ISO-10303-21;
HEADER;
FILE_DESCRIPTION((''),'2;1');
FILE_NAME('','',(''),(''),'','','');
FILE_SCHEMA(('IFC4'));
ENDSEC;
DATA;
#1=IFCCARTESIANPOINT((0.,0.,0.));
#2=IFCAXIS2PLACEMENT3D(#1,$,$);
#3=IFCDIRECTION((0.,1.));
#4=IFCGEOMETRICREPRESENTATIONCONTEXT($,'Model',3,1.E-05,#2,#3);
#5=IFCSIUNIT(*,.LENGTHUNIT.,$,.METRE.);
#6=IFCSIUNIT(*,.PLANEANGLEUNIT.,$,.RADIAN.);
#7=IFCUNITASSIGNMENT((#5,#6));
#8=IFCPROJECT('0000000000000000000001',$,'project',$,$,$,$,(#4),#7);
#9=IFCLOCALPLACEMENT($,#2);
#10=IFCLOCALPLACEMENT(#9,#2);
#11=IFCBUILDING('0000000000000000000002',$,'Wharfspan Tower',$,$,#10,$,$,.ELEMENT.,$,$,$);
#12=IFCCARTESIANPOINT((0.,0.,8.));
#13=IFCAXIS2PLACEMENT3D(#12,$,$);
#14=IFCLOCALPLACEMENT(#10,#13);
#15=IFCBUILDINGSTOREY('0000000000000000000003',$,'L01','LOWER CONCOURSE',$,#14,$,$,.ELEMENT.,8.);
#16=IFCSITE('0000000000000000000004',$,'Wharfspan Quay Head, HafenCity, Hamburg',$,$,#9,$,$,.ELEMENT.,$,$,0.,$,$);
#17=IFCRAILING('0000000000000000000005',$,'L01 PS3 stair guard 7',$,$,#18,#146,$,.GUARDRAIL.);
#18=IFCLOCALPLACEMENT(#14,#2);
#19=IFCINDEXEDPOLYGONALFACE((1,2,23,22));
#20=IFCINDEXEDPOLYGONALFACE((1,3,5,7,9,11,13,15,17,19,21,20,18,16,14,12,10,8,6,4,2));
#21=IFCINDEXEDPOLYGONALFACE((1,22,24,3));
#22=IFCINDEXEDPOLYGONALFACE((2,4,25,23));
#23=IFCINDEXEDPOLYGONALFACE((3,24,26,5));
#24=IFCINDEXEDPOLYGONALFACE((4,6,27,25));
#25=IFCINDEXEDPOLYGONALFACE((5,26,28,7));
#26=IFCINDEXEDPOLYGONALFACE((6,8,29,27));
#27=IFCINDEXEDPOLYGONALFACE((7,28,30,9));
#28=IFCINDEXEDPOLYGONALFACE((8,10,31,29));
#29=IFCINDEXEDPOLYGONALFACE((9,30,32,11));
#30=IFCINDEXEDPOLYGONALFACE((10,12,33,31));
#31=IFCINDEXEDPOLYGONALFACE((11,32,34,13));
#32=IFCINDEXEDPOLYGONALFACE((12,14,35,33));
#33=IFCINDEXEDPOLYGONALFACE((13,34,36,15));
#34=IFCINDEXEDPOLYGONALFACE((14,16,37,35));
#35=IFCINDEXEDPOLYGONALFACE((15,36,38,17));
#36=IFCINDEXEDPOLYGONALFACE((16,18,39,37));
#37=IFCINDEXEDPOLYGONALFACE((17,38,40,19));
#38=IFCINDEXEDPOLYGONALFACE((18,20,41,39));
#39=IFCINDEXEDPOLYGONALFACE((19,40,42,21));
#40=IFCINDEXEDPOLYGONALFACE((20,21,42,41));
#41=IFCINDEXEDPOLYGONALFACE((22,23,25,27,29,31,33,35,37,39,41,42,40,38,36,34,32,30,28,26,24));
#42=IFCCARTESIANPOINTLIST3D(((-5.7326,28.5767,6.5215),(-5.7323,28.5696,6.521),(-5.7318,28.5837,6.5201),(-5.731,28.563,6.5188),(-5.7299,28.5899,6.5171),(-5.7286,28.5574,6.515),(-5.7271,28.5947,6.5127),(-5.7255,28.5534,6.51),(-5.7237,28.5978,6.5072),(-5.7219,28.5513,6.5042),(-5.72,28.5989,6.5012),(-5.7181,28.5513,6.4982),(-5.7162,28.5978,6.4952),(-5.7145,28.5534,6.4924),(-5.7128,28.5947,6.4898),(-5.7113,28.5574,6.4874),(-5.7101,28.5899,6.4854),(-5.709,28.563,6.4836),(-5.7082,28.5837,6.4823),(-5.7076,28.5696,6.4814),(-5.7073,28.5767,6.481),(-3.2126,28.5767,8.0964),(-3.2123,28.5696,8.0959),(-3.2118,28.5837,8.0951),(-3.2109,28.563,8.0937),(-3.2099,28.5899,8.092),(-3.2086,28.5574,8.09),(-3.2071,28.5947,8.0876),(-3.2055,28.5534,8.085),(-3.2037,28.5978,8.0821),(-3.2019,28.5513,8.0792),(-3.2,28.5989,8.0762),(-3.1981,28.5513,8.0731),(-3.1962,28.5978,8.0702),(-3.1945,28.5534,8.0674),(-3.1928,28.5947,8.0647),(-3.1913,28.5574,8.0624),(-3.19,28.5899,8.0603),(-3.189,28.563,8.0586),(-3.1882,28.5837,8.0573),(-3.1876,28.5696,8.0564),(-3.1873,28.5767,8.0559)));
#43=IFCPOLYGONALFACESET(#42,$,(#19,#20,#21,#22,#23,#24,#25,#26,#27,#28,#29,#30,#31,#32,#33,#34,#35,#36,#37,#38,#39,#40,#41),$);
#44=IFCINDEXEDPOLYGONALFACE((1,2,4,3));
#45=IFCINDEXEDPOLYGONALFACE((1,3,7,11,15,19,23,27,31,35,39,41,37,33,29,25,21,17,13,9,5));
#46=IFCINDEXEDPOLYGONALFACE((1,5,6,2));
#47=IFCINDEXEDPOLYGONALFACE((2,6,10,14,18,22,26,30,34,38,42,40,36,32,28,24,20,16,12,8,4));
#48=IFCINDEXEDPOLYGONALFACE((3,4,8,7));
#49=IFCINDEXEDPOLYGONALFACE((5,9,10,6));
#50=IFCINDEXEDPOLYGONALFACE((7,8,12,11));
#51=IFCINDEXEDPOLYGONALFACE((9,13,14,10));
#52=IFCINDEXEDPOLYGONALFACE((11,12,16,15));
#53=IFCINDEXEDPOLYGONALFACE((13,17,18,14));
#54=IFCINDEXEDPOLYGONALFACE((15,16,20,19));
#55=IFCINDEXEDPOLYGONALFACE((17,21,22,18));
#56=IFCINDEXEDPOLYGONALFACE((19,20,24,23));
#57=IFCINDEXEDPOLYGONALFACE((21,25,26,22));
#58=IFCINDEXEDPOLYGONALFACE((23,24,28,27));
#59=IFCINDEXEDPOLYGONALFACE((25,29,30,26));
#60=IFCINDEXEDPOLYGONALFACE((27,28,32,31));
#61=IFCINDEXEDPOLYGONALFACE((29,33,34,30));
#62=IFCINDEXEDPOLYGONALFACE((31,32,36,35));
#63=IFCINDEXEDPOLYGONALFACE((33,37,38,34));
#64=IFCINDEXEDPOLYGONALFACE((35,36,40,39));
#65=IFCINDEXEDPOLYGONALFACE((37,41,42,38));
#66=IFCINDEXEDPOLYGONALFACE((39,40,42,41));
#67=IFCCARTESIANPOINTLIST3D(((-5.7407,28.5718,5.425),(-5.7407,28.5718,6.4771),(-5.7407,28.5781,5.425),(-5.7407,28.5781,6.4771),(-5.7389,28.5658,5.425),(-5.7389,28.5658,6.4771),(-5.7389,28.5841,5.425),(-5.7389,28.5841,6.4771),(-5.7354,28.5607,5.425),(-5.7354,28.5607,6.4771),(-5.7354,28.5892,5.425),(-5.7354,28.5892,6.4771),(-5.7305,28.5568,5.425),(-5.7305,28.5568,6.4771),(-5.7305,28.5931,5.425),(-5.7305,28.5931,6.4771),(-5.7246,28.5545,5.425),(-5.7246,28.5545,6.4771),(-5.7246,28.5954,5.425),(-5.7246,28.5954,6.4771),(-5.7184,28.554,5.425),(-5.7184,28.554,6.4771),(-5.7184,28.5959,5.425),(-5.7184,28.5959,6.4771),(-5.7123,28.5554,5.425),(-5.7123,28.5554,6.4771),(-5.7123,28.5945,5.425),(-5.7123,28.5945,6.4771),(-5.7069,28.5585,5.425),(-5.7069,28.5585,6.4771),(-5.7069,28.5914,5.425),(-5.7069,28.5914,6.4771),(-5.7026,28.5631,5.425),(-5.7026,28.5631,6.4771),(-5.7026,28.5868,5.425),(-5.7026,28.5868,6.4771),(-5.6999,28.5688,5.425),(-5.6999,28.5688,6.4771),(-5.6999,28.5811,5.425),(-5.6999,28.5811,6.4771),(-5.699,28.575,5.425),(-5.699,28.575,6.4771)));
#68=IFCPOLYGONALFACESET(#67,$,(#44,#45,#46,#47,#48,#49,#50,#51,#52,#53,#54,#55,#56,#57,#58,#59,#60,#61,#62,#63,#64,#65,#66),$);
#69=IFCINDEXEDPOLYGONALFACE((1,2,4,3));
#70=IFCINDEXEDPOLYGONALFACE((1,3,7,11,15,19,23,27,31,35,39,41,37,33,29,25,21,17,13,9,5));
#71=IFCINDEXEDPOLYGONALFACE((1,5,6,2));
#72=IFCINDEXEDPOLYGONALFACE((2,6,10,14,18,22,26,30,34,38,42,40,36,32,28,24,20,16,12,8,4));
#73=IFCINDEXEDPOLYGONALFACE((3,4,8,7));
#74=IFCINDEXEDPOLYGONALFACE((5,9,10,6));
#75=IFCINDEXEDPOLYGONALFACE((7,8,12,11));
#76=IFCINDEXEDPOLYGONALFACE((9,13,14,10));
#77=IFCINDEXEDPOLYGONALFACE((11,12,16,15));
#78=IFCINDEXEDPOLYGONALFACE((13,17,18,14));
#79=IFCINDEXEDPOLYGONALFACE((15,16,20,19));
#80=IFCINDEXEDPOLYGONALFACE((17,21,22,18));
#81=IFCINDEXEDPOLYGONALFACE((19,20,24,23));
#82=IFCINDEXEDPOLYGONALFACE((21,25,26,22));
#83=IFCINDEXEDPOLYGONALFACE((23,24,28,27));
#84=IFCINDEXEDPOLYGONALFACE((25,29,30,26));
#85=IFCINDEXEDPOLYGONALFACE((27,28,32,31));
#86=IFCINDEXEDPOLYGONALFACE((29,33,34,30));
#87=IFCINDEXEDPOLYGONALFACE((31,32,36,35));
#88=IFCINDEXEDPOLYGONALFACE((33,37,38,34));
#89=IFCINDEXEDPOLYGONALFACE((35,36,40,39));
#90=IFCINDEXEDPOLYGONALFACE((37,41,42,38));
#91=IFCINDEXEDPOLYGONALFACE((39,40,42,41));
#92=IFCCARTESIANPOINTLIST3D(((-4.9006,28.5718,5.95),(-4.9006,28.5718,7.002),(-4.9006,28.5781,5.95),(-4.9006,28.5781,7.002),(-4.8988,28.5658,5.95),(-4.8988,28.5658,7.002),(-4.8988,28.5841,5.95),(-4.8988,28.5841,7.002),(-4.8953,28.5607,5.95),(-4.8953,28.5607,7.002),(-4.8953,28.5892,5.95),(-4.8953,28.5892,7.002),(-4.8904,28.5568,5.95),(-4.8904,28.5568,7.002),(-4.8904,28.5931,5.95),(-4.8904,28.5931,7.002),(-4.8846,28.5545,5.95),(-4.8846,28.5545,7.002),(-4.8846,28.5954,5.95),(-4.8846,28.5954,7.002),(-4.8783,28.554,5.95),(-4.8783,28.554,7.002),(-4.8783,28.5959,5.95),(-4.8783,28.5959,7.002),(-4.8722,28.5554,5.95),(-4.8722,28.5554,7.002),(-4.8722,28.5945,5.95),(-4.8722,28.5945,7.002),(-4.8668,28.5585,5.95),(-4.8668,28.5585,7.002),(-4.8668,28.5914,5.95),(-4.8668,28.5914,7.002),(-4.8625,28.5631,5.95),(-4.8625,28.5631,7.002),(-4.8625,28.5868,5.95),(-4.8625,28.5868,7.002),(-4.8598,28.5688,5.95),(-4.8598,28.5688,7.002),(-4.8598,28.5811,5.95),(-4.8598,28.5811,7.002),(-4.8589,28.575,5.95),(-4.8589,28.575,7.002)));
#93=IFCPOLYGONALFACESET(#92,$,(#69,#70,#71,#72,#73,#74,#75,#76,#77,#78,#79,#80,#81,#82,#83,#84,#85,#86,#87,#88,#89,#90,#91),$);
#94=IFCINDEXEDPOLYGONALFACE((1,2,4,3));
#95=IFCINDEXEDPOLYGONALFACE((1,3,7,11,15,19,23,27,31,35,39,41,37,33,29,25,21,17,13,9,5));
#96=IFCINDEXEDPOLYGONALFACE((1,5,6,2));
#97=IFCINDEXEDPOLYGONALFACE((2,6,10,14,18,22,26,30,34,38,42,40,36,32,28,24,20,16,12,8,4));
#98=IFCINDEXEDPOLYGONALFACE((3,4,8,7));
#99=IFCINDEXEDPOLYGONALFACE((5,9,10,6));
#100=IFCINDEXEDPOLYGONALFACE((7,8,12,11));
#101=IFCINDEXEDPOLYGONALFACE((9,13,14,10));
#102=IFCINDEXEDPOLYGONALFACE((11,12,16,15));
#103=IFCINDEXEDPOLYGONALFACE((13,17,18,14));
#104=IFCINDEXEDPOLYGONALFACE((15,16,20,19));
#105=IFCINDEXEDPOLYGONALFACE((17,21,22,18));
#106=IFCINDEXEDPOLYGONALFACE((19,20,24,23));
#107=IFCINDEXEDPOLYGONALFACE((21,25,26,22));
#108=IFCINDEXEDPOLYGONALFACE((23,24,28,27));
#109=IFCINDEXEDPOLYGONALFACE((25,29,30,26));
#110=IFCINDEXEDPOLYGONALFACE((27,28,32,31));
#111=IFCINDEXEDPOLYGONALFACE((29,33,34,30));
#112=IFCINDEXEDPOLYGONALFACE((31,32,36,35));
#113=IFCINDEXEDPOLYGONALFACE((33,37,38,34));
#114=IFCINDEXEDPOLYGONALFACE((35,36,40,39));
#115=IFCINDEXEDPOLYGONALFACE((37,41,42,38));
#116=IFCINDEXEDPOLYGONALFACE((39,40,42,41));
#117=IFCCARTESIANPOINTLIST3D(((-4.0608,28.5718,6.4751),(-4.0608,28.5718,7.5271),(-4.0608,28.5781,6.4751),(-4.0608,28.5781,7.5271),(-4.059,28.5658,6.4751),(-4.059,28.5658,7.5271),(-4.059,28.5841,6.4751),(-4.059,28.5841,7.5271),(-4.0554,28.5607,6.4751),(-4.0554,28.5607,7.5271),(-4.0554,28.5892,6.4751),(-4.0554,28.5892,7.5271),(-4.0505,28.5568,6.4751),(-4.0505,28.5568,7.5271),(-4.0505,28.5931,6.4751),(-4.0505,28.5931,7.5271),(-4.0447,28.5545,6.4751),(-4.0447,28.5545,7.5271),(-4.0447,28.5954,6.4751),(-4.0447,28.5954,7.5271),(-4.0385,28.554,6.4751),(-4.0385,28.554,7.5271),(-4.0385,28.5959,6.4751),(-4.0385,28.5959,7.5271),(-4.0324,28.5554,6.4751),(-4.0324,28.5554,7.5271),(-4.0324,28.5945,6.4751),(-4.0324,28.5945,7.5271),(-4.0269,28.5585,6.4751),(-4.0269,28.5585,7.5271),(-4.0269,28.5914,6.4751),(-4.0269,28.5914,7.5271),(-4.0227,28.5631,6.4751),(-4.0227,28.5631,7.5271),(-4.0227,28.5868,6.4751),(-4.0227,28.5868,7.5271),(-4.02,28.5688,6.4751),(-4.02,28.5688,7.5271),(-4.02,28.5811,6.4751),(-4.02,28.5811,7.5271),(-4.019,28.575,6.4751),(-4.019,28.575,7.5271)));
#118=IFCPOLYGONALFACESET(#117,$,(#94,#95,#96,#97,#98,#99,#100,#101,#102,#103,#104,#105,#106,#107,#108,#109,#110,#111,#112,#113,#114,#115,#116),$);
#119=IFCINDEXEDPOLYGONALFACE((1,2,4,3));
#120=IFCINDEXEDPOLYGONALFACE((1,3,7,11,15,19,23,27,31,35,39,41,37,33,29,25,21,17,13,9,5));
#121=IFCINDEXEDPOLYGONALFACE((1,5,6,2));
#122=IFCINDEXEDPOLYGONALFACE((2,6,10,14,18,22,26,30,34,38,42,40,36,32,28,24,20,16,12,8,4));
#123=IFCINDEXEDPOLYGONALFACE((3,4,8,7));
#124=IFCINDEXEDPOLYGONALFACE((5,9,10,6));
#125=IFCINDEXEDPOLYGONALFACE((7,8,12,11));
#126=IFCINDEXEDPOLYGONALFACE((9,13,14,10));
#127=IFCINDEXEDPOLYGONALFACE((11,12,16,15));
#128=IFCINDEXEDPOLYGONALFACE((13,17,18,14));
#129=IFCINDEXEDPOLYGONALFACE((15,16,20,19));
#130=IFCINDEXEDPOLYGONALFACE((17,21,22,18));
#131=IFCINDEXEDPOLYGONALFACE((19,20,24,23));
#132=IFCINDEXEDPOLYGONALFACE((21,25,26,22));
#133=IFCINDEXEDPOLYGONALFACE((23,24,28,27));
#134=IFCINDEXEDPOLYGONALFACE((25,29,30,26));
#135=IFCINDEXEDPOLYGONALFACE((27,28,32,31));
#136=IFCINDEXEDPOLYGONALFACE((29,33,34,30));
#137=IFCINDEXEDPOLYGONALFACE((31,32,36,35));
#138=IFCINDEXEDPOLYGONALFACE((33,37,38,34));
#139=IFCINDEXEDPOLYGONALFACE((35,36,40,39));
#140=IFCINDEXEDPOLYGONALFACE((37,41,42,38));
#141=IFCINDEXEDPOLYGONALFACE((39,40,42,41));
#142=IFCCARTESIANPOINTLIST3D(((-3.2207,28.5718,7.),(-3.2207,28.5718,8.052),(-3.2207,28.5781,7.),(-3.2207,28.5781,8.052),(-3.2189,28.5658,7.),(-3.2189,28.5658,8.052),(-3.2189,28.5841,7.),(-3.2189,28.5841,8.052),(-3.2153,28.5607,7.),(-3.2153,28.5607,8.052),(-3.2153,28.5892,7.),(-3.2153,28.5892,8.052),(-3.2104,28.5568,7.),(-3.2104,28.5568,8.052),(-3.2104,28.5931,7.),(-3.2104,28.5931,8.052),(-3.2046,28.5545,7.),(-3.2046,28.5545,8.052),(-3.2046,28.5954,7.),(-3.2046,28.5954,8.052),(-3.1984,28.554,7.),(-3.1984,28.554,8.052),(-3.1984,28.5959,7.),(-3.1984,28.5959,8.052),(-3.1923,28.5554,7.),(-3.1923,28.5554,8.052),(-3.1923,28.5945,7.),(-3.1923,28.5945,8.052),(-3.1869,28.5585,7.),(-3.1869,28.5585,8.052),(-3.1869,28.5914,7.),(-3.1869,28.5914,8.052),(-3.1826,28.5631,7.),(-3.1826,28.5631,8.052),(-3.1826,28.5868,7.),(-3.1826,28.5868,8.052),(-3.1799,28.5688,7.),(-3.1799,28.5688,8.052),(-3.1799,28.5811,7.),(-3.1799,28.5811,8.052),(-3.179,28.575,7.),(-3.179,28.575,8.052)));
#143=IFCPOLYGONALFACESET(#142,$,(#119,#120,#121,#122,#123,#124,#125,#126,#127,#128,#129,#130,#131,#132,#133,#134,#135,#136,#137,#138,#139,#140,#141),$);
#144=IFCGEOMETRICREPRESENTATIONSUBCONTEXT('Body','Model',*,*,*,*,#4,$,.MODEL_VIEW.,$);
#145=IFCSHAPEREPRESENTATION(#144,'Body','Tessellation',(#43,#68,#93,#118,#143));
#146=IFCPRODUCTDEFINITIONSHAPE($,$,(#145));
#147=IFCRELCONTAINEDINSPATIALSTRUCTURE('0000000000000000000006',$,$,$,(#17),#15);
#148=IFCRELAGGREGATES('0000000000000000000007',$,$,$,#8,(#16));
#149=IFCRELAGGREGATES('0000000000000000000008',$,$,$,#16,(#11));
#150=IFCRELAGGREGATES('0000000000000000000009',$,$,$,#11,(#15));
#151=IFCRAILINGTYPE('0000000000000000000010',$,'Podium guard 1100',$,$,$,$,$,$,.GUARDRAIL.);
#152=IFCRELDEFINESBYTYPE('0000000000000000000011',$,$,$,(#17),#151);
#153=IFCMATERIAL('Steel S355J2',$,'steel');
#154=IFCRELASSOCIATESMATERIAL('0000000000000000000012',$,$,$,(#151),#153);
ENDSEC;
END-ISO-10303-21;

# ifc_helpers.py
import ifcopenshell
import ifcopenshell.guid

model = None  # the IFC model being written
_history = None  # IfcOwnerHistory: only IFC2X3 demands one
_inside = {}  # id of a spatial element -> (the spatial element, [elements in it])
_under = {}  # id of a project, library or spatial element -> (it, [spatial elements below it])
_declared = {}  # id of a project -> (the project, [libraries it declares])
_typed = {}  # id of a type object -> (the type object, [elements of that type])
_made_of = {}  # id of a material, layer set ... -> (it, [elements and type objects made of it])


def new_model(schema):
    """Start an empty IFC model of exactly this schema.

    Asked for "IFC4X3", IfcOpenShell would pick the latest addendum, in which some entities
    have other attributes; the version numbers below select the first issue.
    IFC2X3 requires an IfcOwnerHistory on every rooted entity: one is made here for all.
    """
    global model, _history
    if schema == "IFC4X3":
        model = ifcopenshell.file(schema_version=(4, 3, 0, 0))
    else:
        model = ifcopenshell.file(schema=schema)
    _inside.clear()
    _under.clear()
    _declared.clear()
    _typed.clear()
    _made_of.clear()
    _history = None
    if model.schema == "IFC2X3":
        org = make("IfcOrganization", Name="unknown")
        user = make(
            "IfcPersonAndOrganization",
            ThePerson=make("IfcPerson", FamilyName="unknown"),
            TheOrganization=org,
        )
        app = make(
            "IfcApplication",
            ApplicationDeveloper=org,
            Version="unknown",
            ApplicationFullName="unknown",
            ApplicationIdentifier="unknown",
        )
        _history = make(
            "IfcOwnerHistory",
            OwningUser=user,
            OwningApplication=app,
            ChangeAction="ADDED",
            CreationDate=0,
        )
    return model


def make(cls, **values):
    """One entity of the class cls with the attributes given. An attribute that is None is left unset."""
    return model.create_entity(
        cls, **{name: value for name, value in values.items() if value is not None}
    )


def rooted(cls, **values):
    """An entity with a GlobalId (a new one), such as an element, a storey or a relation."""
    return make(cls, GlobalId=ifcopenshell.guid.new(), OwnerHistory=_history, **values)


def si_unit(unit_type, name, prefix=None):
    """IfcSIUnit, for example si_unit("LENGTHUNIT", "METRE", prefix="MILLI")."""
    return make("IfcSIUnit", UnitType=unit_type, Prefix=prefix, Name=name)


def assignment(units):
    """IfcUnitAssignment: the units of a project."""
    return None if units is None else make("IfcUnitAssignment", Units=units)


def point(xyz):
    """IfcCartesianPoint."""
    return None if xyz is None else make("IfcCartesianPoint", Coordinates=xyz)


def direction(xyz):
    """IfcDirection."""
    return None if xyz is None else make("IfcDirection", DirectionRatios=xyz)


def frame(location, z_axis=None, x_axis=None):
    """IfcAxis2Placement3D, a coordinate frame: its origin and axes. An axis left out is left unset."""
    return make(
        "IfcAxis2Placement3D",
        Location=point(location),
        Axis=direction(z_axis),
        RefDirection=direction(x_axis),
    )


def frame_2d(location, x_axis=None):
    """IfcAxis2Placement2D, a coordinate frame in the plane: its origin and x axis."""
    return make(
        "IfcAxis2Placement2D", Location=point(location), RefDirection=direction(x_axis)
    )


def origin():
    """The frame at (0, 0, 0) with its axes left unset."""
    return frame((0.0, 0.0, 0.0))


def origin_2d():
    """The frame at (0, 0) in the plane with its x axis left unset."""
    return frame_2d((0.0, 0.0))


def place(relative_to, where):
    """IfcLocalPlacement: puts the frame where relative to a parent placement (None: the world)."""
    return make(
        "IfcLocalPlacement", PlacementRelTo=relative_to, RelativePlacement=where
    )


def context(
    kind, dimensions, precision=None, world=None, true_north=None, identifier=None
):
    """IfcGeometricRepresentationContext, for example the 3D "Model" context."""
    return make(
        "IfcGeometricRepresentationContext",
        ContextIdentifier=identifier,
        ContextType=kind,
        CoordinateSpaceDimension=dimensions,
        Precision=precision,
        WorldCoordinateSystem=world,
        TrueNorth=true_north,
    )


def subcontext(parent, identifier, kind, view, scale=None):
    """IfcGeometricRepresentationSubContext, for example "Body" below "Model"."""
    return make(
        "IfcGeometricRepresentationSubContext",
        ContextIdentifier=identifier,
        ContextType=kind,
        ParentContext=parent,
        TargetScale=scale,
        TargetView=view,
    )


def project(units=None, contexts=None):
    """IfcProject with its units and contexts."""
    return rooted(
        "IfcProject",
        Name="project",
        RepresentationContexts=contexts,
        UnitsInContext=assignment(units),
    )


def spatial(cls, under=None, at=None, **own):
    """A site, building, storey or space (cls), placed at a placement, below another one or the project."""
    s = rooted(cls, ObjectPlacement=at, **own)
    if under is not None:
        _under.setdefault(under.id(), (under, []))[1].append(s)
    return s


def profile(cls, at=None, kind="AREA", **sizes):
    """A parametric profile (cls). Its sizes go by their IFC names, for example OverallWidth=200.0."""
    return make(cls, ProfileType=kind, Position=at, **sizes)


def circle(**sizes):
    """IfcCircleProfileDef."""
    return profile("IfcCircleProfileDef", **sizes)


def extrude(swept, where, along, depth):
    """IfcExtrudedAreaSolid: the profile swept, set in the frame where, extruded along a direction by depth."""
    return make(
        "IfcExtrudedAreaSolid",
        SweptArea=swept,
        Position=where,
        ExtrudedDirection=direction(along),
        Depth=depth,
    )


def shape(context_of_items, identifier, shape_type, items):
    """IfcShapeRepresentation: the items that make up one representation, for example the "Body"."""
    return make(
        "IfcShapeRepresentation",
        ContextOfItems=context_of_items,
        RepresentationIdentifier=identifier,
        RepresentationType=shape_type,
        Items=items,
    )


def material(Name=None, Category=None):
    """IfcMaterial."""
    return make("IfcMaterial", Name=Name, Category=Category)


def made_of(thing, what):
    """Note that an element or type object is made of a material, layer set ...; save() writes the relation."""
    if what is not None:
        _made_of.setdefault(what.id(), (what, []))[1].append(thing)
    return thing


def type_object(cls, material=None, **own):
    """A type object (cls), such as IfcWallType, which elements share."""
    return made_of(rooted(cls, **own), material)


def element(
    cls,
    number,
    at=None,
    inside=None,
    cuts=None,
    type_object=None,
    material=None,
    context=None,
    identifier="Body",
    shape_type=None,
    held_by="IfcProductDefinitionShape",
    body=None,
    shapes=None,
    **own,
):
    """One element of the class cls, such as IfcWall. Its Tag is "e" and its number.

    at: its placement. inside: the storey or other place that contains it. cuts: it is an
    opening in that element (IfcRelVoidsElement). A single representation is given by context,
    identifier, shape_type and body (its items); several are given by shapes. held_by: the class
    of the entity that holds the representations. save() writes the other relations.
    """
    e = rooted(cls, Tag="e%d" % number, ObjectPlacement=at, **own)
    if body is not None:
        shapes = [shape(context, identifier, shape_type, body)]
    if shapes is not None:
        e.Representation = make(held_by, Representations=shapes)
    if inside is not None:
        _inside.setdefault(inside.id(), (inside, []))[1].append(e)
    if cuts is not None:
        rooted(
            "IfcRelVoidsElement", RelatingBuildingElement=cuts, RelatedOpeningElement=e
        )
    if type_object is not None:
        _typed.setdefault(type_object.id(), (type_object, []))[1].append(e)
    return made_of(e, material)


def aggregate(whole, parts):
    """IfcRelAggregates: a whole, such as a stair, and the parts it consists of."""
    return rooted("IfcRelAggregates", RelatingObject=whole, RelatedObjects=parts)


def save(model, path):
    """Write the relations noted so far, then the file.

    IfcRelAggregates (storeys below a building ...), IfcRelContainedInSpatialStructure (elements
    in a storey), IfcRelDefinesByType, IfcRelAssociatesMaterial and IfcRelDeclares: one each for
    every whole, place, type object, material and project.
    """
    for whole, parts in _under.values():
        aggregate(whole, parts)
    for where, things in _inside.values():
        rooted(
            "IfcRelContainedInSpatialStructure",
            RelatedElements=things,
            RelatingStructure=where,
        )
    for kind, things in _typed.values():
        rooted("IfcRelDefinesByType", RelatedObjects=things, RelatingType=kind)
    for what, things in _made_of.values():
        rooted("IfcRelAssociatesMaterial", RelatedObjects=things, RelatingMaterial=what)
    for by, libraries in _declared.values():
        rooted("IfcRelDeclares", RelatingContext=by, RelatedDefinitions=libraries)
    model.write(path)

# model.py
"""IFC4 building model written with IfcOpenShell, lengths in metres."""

from ifc_helpers import new_model, si_unit, direction, frame, origin, origin_2d, place, context, subcontext, project, spatial, circle, extrude, material, type_object, element, save


model = new_model("IFC4")

# Units and contexts
model_context = context("Model", 3, precision=1e-05, world=origin(), true_north=direction((0.0, 1.0)))
body_context = subcontext(model_context, "Body", "Model", "MODEL_VIEW")
ifc_project = project(units=[si_unit("LENGTHUNIT", "METRE"), si_unit("PLANEANGLEUNIT", "RADIAN")], contexts=[model_context])

# Site, building, storey
site_placement = place(None, origin())
site = spatial("IfcSite", under=ifc_project, at=site_placement, Name="Wharfspan Quay Head, HafenCity, Hamburg", CompositionType="ELEMENT", RefElevation=0.0)
building_placement = place(site_placement, origin())
building = spatial("IfcBuilding", under=site, at=building_placement, Name="Wharfspan Tower", CompositionType="ELEMENT")
storey_placement = place(building_placement, frame((0.0, 0.0, 8.0)))
storey = spatial("IfcBuildingStorey", under=building, at=storey_placement, Name="L01", Description="LOWER CONCOURSE", CompositionType="ELEMENT", Elevation=8.0)

# Railing
ifc_material_1 = material(Name="Steel S355J2", Category="steel")
railing_type_1 = type_object("IfcRailingType", Name="Podium guard 1100", PredefinedType="GUARDRAIL", material=ifc_material_1)
railing_1_placement = place(storey_placement, frame((-5.72, 28.575, 5.425)))
element("IfcRailing", 1, at=railing_1_placement, inside=storey, type_object=railing_type_1, Name="L01 PS3 stair guard 7", PredefinedType="GUARDRAIL", context=body_context, shape_type="SweptSolid", body=[
    extrude(circle(Radius=0.0239, at=origin_2d()), frame((0.0, 0.0, 1.0762), z_axis=(0.848008, 0.0, 0.529984), x_axis=(0.0, 1.0, 0.0)), (0.0, 0.0, 1.0), 2.9717),
    extrude(circle(Radius=0.021, at=origin_2d()), origin(), (0.0, 0.0, 1.0), 1.052),
    extrude(circle(Radius=0.021, at=origin_2d()), frame((0.8401, 0.0, 0.5249)), (0.0, 0.0, 1.0), 1.052),
    extrude(circle(Radius=0.021, at=origin_2d()), frame((1.6799, 0.0, 1.05)), (0.0, 0.0, 1.0), 1.052),
    extrude(circle(Radius=0.021, at=origin_2d()), frame((2.52, 0.0, 1.575)), (0.0, 0.0, 1.0), 1.052),
])

save(model, "model.ifc")
